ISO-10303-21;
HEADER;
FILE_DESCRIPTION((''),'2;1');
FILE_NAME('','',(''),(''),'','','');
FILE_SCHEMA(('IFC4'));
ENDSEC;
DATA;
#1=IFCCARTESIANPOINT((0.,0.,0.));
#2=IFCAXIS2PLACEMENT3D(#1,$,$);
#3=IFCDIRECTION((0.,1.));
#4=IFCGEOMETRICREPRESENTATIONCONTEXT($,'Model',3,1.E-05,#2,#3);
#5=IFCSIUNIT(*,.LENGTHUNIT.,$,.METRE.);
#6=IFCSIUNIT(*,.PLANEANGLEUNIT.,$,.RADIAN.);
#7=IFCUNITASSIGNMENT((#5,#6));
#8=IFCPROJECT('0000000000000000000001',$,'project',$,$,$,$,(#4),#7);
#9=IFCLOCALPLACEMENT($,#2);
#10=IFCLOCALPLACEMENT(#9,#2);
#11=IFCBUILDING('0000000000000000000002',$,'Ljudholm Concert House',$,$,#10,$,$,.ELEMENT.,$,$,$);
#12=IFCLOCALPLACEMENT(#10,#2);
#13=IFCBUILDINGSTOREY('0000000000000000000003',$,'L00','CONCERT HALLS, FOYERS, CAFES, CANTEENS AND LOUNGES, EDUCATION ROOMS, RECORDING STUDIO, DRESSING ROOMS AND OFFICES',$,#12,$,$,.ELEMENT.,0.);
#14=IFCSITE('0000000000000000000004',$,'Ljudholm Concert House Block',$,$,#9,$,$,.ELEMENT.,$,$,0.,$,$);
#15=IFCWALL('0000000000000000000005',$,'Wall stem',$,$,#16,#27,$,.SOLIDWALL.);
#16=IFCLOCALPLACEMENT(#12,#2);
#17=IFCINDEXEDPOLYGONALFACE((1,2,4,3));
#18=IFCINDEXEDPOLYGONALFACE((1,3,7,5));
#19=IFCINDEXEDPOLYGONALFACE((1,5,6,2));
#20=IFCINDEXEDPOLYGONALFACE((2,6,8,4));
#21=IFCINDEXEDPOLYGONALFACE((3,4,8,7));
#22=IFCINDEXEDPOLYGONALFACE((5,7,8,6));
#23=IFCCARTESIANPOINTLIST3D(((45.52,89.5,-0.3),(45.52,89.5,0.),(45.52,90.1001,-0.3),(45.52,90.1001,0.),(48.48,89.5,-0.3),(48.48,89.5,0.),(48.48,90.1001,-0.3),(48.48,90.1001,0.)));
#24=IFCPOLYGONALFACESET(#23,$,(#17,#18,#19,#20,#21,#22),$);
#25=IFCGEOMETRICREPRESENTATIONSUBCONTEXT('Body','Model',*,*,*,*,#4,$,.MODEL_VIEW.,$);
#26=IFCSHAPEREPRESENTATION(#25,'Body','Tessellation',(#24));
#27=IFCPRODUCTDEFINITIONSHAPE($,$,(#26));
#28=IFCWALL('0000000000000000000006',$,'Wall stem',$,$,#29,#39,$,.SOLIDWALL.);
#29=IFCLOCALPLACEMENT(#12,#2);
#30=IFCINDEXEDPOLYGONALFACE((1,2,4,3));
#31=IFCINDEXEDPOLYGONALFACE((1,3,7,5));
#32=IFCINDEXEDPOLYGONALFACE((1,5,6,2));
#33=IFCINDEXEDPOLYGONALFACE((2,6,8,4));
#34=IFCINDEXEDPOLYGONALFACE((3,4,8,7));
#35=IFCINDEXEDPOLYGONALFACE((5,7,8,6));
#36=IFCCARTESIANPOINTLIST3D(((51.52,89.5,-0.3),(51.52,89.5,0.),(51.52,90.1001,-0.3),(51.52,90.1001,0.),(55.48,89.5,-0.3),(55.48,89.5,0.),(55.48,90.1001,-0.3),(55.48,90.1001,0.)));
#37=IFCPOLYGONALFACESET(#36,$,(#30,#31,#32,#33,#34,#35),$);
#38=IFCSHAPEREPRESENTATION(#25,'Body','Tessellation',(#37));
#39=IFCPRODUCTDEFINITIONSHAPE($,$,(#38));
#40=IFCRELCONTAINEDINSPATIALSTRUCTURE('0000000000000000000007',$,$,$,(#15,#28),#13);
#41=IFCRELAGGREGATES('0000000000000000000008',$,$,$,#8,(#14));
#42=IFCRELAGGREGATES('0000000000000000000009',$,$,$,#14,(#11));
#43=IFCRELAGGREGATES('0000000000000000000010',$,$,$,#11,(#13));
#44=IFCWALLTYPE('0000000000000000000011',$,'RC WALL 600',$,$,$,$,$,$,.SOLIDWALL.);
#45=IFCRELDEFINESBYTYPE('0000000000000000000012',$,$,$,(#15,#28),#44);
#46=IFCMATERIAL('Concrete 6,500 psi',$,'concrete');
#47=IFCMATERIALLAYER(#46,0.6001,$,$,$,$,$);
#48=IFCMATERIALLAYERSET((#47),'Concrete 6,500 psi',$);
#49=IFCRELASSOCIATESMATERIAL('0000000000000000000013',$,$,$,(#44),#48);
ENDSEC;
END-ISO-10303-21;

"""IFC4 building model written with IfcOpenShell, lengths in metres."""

from ifc_helpers import new_model, si_unit, direction, frame, frame_2d, origin, place, context, subcontext, project, spatial, rectangle, extrude, material, layer, layer_set, type_object, element, save


model = new_model("IFC4")

# Units and contexts
model_context = context("Model", 3, precision=1e-05, world=origin(), true_north=direction((0.0, 1.0)))
body_context = subcontext(model_context, "Body", "Model", "MODEL_VIEW")
ifc_project = project(units=[si_unit("LENGTHUNIT", "METRE"), si_unit("PLANEANGLEUNIT", "RADIAN")], contexts=[model_context])

# Site, building, storey
site_placement = place(None, origin())
site = spatial("IfcSite", under=ifc_project, at=site_placement, Name="Ljudholm Concert House Block", CompositionType="ELEMENT", RefElevation=0.0)
building_placement = place(site_placement, origin())
building = spatial("IfcBuilding", under=site, at=building_placement, Name="Ljudholm Concert House", CompositionType="ELEMENT")
storey_placement = place(building_placement, origin())
storey = spatial("IfcBuildingStorey", under=building, at=storey_placement, Name="L00", Description="CONCERT HALLS, FOYERS, CAFES, CANTEENS AND LOUNGES, EDUCATION ROOMS, RECORDING STUDIO, DRESSING ROOMS AND OFFICES", CompositionType="ELEMENT", Elevation=0.0)

# Walls
ifc_material_1 = material(Name="Concrete 6,500 psi", Category="concrete")
ifc_layer = layer(ifc_material_1, 0.6001)
ifc_layer_set = layer_set([ifc_layer], Name="Concrete 6,500 psi")
wall_type = type_object("IfcWallType", Name="RC WALL 600", PredefinedType="SOLIDWALL", material=ifc_layer_set)
wall_1_placement = place(storey_placement, frame((45.52, 89.8, -0.3), z_axis=(0.0, 0.0, 1.0), x_axis=(1.0, 0.0, 0.0)))
element("IfcWall", 1, at=wall_1_placement, inside=storey, type_object=wall_type, Name="Wall stem", PredefinedType="SOLIDWALL", context=body_context, shape_type="SweptSolid", body=[
    extrude(rectangle(XDim=2.96, YDim=0.6001, at=frame_2d((1.48, 0.0))), origin(), (0.0, 0.0, 1.0), 0.3),
])
wall_2_placement = place(storey_placement, frame((51.52, 89.8, -0.3), z_axis=(0.0, 0.0, 1.0), x_axis=(1.0, 0.0, 0.0)))
element("IfcWall", 2, at=wall_2_placement, inside=storey, type_object=wall_type, Name="Wall stem", PredefinedType="SOLIDWALL", context=body_context, shape_type="SweptSolid", body=[
    extrude(rectangle(XDim=3.96, YDim=0.6001, at=frame_2d((1.98, 0.0))), origin(), (0.0, 0.0, 1.0), 0.3),
])

save(model, "model.ifc")
